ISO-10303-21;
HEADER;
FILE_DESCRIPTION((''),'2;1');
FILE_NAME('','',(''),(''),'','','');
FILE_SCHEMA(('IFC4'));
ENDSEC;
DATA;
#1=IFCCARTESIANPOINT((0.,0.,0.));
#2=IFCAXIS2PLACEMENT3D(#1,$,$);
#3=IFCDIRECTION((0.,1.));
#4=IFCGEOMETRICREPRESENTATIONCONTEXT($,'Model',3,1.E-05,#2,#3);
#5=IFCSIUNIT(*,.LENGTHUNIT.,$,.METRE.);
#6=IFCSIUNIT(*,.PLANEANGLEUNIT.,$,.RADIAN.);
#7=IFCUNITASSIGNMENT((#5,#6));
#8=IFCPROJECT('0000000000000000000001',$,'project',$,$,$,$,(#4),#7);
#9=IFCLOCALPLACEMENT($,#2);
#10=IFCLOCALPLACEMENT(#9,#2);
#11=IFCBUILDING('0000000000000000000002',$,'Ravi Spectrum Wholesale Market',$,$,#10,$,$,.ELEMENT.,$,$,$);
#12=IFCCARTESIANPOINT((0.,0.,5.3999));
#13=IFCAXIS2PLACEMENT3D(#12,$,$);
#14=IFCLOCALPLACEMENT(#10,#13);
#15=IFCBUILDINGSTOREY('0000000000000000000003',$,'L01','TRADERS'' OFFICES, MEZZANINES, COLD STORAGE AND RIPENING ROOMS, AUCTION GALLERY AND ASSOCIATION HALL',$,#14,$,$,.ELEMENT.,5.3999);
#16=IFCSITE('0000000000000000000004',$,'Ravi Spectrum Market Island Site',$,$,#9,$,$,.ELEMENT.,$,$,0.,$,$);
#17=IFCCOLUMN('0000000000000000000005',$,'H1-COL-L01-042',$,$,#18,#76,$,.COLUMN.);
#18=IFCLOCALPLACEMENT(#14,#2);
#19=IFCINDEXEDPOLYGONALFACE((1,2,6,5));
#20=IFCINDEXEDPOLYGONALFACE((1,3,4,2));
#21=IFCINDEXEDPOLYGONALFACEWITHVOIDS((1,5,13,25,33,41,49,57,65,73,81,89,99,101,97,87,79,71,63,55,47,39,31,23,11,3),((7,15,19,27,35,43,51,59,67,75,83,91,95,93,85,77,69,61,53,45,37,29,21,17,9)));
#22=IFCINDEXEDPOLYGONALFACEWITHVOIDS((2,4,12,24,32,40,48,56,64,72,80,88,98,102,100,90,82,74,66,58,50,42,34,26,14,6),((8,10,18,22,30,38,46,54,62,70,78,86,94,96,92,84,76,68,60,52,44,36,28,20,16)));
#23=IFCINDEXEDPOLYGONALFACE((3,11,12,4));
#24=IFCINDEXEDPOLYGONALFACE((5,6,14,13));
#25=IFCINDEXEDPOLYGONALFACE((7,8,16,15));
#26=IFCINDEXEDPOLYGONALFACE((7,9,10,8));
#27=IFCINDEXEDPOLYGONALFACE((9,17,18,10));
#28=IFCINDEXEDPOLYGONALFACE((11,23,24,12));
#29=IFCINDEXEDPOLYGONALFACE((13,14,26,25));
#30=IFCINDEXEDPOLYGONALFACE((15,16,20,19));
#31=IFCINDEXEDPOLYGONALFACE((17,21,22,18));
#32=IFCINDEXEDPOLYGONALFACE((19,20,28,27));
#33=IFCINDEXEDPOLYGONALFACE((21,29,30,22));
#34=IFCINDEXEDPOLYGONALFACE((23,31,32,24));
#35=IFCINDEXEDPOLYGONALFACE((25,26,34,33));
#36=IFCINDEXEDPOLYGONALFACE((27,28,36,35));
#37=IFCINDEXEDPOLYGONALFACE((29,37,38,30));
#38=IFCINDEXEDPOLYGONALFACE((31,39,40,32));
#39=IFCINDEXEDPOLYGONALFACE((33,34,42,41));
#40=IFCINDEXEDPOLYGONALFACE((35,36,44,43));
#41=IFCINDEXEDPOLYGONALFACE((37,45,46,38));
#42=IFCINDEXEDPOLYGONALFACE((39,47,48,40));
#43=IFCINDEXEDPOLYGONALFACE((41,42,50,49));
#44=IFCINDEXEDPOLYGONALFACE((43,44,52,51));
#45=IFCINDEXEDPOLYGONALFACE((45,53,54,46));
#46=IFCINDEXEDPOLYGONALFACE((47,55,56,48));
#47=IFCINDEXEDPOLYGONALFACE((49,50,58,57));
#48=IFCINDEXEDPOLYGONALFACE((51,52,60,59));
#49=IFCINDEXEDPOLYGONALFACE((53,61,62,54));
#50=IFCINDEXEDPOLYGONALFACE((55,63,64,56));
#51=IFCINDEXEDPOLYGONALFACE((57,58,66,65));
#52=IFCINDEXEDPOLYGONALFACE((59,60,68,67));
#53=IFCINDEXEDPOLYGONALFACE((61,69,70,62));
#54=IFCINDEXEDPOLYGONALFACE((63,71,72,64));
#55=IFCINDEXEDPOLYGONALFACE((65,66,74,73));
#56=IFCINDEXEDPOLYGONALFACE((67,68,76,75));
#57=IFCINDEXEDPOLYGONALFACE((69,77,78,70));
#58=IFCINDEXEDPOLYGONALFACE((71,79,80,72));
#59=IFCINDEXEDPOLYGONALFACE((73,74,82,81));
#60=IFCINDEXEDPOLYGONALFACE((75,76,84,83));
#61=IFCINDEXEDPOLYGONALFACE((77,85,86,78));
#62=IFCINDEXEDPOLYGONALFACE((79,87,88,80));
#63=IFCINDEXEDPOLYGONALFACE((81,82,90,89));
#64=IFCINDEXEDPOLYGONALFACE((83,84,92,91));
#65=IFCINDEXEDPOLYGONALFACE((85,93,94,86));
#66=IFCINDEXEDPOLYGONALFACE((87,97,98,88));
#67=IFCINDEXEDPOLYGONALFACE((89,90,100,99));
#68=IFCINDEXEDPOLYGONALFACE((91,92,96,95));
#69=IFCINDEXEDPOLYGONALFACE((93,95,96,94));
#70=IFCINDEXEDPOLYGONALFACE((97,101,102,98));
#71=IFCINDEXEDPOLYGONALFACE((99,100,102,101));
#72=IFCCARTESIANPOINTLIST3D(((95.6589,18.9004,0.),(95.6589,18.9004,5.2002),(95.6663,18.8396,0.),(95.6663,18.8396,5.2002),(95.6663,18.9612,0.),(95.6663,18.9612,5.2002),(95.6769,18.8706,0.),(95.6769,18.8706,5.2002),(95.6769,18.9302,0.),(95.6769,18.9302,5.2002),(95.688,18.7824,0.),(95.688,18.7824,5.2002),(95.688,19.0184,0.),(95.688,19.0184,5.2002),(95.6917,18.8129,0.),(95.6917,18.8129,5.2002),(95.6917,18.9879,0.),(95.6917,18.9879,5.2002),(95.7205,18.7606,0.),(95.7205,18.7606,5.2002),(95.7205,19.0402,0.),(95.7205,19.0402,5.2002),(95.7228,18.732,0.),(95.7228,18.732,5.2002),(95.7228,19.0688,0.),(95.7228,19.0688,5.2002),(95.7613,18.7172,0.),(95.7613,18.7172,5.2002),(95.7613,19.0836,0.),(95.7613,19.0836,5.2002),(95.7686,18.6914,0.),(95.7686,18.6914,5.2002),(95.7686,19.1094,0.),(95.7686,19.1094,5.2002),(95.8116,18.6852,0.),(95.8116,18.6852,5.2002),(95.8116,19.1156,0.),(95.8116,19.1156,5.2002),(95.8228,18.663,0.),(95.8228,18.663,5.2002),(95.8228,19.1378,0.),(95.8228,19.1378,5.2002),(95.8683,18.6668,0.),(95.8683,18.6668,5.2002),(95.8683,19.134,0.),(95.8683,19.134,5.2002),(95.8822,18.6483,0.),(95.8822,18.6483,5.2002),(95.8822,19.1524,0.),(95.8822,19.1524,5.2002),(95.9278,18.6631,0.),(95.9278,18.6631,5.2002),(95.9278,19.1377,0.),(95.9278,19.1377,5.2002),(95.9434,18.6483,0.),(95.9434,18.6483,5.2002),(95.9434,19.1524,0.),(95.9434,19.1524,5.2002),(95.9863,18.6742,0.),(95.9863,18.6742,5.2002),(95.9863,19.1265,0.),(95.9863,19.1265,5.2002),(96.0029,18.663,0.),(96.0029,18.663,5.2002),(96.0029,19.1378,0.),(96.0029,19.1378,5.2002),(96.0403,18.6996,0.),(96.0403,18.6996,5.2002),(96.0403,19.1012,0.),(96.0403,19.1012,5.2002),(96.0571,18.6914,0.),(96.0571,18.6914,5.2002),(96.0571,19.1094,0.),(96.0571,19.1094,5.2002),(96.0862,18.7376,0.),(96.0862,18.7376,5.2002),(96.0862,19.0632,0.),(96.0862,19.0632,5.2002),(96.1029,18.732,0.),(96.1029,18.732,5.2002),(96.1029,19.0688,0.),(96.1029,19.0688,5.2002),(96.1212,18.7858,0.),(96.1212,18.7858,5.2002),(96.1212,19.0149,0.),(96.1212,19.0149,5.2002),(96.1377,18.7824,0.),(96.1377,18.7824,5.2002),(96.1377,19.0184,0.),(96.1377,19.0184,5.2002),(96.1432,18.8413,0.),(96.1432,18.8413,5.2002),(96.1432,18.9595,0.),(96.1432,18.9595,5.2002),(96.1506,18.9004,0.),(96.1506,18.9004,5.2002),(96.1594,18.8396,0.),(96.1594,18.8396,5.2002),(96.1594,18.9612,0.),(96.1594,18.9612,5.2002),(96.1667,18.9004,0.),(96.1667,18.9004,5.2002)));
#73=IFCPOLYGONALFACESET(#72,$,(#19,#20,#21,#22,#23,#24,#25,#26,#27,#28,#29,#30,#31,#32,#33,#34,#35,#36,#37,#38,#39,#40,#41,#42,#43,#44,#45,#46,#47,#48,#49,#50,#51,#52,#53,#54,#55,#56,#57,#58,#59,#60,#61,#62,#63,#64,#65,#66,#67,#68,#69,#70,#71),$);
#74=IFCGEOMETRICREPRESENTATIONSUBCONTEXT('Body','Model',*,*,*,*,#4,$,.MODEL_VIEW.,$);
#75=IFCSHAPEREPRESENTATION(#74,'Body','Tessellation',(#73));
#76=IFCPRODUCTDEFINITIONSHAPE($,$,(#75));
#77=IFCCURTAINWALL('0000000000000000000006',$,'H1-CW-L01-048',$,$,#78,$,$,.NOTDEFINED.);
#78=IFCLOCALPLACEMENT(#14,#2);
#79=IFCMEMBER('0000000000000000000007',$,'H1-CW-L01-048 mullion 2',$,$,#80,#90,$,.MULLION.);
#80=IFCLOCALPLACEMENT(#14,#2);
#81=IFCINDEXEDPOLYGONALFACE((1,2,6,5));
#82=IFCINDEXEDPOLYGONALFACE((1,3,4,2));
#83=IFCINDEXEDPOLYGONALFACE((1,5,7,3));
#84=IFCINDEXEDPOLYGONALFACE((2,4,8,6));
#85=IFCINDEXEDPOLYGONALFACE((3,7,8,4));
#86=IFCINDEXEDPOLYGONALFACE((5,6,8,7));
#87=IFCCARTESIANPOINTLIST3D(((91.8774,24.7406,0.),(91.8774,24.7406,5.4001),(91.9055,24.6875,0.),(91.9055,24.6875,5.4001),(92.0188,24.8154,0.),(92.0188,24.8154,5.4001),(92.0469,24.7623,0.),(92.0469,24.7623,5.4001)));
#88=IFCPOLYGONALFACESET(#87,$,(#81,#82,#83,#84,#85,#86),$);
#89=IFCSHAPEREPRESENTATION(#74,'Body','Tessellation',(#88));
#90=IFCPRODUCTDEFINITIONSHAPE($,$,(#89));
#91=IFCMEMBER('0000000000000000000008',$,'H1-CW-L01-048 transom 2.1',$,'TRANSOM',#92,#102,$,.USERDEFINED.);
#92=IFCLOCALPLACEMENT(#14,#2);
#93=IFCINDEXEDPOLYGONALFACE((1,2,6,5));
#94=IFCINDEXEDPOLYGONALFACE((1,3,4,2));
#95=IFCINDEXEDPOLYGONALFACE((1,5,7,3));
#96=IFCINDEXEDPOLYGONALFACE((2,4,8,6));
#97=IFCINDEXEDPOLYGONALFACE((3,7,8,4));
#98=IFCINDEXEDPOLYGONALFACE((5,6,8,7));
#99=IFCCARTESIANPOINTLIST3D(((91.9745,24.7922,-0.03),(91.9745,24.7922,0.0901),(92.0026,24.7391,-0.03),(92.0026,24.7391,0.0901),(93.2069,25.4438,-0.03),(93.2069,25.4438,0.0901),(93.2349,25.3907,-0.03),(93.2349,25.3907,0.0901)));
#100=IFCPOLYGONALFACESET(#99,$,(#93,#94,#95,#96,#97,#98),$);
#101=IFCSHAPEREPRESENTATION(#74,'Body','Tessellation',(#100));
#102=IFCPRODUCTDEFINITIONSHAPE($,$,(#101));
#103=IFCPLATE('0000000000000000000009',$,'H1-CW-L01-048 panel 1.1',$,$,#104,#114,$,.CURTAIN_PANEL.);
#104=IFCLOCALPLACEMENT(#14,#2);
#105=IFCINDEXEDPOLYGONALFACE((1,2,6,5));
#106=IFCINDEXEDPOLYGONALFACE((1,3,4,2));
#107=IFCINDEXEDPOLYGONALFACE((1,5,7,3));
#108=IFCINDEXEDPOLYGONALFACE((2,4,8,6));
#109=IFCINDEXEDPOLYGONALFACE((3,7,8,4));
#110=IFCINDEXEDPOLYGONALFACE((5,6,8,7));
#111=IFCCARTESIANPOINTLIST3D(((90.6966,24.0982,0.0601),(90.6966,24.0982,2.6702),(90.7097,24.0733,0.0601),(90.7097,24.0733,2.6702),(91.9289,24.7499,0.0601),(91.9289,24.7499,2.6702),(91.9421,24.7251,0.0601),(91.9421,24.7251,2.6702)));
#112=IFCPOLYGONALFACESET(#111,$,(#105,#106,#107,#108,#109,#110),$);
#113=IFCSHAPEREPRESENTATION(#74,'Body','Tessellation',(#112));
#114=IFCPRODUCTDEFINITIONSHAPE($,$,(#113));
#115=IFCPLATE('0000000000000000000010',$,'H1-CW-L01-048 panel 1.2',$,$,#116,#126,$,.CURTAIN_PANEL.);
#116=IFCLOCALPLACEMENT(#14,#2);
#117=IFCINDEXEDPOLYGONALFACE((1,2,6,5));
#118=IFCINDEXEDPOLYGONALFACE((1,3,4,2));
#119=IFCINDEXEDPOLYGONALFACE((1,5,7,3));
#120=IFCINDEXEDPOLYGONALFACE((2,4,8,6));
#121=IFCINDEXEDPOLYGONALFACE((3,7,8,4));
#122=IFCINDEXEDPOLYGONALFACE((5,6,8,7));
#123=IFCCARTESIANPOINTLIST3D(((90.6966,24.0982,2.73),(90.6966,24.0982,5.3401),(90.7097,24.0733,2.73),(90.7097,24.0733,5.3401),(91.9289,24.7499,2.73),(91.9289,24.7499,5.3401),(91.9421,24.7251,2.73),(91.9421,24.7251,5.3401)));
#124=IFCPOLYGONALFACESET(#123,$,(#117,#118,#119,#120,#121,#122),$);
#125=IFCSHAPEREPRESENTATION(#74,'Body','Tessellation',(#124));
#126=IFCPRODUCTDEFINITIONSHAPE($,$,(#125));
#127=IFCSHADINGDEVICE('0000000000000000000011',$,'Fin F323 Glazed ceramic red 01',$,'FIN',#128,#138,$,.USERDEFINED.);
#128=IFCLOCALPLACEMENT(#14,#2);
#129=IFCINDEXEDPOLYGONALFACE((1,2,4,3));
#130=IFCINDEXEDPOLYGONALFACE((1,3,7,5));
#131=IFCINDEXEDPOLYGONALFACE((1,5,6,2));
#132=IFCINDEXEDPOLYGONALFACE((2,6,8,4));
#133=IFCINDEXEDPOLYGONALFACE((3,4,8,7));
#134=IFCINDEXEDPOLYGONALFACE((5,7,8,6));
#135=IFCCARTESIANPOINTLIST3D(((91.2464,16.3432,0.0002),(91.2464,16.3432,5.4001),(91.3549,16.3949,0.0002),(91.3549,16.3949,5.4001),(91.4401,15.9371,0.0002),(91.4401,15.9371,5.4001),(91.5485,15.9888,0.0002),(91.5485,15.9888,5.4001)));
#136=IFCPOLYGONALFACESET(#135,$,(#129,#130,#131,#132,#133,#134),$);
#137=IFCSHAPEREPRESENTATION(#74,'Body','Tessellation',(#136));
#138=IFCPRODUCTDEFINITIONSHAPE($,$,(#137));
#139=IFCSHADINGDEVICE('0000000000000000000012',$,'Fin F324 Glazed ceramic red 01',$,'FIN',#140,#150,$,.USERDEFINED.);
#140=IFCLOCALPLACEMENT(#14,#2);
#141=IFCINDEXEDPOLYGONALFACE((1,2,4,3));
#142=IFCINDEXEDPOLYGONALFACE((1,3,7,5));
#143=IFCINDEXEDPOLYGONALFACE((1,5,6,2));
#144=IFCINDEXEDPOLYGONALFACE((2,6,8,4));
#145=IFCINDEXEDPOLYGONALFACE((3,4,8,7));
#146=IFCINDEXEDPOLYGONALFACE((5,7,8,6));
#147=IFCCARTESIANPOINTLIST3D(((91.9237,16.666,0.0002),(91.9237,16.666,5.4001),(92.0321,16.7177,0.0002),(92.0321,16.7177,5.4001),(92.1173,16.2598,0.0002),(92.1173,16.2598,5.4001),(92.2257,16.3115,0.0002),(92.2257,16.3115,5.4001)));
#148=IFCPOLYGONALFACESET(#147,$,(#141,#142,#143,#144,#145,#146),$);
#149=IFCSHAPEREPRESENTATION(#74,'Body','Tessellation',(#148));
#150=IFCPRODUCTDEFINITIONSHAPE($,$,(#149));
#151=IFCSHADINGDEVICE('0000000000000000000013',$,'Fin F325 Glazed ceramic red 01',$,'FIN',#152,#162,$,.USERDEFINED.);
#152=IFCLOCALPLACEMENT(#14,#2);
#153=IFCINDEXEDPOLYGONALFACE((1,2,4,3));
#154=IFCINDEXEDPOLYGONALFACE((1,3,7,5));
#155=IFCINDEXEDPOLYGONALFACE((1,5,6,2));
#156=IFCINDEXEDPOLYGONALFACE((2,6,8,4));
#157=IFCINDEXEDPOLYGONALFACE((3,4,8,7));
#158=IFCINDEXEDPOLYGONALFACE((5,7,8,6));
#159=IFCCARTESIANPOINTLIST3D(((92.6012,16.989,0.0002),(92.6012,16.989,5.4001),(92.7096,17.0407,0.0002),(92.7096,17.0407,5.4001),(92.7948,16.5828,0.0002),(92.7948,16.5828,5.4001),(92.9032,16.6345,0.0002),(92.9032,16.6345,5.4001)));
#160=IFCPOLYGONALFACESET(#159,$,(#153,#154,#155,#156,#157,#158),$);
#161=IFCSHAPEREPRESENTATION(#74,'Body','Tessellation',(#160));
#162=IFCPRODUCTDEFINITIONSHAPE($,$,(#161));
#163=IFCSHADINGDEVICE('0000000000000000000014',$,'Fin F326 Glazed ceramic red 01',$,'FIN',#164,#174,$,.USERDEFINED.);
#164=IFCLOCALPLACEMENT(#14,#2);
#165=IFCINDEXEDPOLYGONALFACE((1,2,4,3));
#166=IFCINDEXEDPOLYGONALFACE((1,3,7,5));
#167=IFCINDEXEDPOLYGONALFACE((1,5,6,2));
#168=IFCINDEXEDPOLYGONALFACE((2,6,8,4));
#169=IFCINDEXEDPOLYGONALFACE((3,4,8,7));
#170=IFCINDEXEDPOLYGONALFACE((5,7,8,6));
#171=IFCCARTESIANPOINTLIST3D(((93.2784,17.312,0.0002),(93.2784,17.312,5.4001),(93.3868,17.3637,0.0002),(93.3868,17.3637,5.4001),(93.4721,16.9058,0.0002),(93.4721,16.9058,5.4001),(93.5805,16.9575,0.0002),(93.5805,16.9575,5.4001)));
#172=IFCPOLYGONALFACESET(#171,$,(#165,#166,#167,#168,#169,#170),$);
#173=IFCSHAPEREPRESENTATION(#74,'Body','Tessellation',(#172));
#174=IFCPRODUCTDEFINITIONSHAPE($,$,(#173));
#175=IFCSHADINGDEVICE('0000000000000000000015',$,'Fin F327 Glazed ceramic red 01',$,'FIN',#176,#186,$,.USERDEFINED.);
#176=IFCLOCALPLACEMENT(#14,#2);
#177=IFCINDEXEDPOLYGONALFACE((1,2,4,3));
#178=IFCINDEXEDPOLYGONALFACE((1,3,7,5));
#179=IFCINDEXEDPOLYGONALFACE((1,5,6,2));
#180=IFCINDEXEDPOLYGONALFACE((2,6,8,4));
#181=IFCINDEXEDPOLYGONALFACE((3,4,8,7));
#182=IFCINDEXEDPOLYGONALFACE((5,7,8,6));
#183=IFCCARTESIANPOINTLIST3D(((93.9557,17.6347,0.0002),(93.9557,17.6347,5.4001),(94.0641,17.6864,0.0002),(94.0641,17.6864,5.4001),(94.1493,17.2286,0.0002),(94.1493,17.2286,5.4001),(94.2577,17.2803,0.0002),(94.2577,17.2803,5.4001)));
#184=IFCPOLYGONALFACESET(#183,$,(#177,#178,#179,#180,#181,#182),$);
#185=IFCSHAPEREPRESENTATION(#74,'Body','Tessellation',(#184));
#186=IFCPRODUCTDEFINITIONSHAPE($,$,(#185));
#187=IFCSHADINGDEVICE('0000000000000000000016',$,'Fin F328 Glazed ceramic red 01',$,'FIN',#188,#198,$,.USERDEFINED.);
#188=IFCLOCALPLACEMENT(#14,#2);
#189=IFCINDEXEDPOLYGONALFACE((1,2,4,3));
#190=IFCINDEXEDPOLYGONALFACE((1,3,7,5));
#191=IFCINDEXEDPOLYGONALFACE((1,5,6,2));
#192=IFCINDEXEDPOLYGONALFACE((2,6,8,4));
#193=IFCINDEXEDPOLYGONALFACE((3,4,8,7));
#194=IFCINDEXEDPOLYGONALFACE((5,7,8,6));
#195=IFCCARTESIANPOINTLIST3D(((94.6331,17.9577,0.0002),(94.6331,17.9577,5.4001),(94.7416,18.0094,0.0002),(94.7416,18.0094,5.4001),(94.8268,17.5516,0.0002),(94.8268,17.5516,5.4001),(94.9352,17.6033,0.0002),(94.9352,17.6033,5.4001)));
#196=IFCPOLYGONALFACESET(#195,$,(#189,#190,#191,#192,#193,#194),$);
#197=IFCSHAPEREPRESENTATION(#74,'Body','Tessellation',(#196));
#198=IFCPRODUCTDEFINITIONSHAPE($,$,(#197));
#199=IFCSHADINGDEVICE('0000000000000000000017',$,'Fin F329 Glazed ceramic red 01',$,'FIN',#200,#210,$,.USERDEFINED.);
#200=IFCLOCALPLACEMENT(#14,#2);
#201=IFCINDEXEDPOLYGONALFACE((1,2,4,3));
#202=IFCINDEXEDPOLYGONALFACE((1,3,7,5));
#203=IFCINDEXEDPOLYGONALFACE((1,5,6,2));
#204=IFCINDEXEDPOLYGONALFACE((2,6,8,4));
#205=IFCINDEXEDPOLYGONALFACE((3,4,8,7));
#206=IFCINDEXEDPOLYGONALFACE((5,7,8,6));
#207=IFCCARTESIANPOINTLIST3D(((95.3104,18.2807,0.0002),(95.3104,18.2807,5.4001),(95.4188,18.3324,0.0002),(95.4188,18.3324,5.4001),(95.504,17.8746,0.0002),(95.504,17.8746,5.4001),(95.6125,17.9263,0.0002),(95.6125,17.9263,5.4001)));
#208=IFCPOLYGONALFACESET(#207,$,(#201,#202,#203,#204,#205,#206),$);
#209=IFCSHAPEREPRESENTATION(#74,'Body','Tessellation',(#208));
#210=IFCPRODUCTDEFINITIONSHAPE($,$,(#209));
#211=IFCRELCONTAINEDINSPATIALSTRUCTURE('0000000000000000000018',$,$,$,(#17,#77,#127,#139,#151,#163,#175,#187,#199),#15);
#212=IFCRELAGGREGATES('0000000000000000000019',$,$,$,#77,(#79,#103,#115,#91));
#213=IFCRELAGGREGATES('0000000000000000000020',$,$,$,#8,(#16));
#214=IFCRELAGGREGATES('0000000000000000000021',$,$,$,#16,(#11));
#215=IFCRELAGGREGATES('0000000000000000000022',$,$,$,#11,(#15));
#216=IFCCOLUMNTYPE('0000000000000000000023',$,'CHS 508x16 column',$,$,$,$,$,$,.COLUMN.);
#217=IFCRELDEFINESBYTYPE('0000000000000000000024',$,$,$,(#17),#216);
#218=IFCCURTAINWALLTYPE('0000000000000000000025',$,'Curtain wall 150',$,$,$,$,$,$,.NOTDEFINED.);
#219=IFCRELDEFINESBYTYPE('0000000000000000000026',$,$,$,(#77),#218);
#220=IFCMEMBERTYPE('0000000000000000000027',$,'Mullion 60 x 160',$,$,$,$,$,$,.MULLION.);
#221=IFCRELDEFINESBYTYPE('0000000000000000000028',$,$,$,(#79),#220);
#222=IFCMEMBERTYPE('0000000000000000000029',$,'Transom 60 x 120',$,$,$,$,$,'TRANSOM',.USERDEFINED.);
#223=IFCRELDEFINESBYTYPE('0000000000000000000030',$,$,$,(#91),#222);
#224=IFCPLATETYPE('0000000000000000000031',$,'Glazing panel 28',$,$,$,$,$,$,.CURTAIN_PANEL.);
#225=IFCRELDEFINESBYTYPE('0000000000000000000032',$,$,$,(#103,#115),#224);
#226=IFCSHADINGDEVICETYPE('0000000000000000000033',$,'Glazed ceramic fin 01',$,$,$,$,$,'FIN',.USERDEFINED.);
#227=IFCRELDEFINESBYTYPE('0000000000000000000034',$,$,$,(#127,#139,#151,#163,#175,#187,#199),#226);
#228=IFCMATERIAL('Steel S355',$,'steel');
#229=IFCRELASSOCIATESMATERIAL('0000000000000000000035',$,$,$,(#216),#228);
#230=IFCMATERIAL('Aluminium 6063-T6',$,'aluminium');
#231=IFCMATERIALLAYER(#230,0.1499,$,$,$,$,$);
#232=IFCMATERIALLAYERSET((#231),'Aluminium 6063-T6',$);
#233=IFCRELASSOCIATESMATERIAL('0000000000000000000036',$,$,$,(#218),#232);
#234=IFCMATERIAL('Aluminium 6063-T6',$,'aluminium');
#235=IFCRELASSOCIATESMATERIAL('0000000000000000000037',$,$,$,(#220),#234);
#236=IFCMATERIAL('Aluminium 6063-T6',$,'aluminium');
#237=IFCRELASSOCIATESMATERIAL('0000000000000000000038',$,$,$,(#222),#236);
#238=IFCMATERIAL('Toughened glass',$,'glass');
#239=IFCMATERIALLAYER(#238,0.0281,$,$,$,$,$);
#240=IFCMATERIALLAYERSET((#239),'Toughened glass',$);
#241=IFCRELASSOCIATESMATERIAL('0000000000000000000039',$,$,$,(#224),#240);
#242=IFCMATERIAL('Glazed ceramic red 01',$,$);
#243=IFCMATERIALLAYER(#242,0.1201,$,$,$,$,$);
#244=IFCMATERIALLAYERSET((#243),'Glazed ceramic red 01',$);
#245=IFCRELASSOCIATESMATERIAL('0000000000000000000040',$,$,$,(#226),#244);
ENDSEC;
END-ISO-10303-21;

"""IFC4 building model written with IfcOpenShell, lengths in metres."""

from ifc_helpers import new_model, si_unit, direction, frame, origin, origin_2d, place, context, subcontext, project, spatial, rectangle, hollow_circle, extrude, material, layer, layer_set, material_profile, profile_set, type_object, element, aggregate, save


model = new_model("IFC4")

# Units and contexts
model_context = context("Model", 3, precision=1e-05, world=origin(), true_north=direction((0.0, 1.0)))
body_context = subcontext(model_context, "Body", "Model", "MODEL_VIEW")
ifc_project = project(units=[si_unit("LENGTHUNIT", "METRE"), si_unit("PLANEANGLEUNIT", "RADIAN")], contexts=[model_context])

# Site, building, storey
site_placement = place(None, origin())
site = spatial("IfcSite", under=ifc_project, at=site_placement, Name="Ravi Spectrum Market Island Site", CompositionType="ELEMENT", RefElevation=0.0)
building_placement = place(site_placement, origin())
building = spatial("IfcBuilding", under=site, at=building_placement, Name="Ravi Spectrum Wholesale Market", CompositionType="ELEMENT")
storey_placement = place(building_placement, frame((0.0, 0.0, 5.3999)))
storey = spatial("IfcBuildingStorey", under=building, at=storey_placement, Name="L01", Description="TRADERS' OFFICES, MEZZANINES, COLD STORAGE AND RIPENING ROOMS, AUCTION GALLERY AND ASSOCIATION HALL", CompositionType="ELEMENT", Elevation=5.3999)

# Column
ifc_material_1 = material(Name="Steel S355", Category="steel")
ifc_material_profile_1 = material_profile(ifc_material_1, hollow_circle(Radius=0.2539, WallThickness=0.0161, at=origin_2d()))
ifc_profile_set_1 = profile_set([ifc_material_profile_1], Name="Steel S355")
column_type = type_object("IfcColumnType", Name="CHS 508x16 column", PredefinedType="COLUMN", material=ifc_profile_set_1)
column_placement = place(storey_placement, frame((95.9128, 18.9004, 0.0), z_axis=(0.0, 0.0, 1.0), x_axis=(1.0, 0.0, 0.0)))
element("IfcColumn", 1, at=column_placement, inside=storey, type_object=column_type, Name="H1-COL-L01-042", PredefinedType="COLUMN", context=body_context, shape_type="SweptSolid", body=[
    extrude(hollow_circle(Radius=0.2539, WallThickness=0.0161, at=origin_2d()), origin(), (0.0, 0.0, 1.0), 5.2002),
])

# Curtain wall, members, plates
ifc_material_2 = material(Name="Aluminium 6063-T6", Category="aluminium")
ifc_layer_1 = layer(ifc_material_2, 0.1499)
ifc_layer_set_1 = layer_set([ifc_layer_1], Name="Aluminium 6063-T6")
curtain_wall_type = type_object("IfcCurtainWallType", Name="Curtain wall 150", PredefinedType="NOTDEFINED", material=ifc_layer_set_1)
curtain_wall_placement = place(storey_placement, origin())
curtain_wall = element("IfcCurtainWall", 2, at=curtain_wall_placement, inside=storey, type_object=curtain_wall_type, Name="H1-CW-L01-048", PredefinedType="NOTDEFINED")
ifc_material_3 = material(Name="Aluminium 6063-T6", Category="aluminium")
ifc_material_profile_2 = material_profile(ifc_material_3, rectangle(XDim=0.0601, YDim=0.1599, at=origin_2d()))
ifc_profile_set_2 = profile_set([ifc_material_profile_2], Name="Aluminium 6063-T6")
member_type_1 = type_object("IfcMemberType", Name="Mullion 60 x 160", PredefinedType="MULLION", material=ifc_profile_set_2)
member_1_placement = place(storey_placement, frame((91.9622, 24.7515, 0.0), z_axis=(0.0, 0.0, 1.0), x_axis=(-0.467524, 0.88398, 0.0)))
member_1 = element("IfcMember", 3, at=member_1_placement, type_object=member_type_1, Name="H1-CW-L01-048 mullion 2", PredefinedType="MULLION", context=body_context, shape_type="SweptSolid", body=[
    extrude(rectangle(XDim=0.0601, YDim=0.1599, at=origin_2d()), origin(), (0.0, 0.0, 1.0), 5.4001),
])
ifc_material_4 = material(Name="Aluminium 6063-T6", Category="aluminium")
ifc_material_profile_3 = material_profile(ifc_material_4, rectangle(XDim=0.0601, YDim=0.1201, at=origin_2d()))
ifc_profile_set_3 = profile_set([ifc_material_profile_3], Name="Aluminium 6063-T6")
member_type_2 = type_object("IfcMemberType", Name="Transom 60 x 120", ElementType="TRANSOM", PredefinedType="USERDEFINED", material=ifc_profile_set_3)
member_2_placement = place(storey_placement, frame((91.9885, 24.7656, 0.03), z_axis=(0.884039, 0.467413, 0.0), x_axis=(-0.467413, 0.884039, 0.0)))
member_2 = element("IfcMember", 4, at=member_2_placement, type_object=member_type_2, Name="H1-CW-L01-048 transom 2.1", ObjectType="TRANSOM", PredefinedType="USERDEFINED", context=body_context, shape_type="SweptSolid", body=[
    extrude(rectangle(XDim=0.0601, YDim=0.1201, at=origin_2d()), origin(), (0.0, 0.0, 1.0), 1.394),
])
ifc_material_5 = material(Name="Toughened glass", Category="glass")
ifc_layer_2 = layer(ifc_material_5, 0.0281)
ifc_layer_set_2 = layer_set([ifc_layer_2], Name="Toughened glass")
plate_type = type_object("IfcPlateType", Name="Glazing panel 28", PredefinedType="CURTAIN_PANEL", material=ifc_layer_set_2)
plate_1_placement = place(storey_placement, frame((91.3193, 24.4116, 0.0601), z_axis=(0.0, 0.0, 1.0), x_axis=(0.88398, 0.467524, 0.0)))
plate_1 = element("IfcPlate", 5, at=plate_1_placement, type_object=plate_type, Name="H1-CW-L01-048 panel 1.1", PredefinedType="CURTAIN_PANEL", context=body_context, shape_type="SweptSolid", body=[
    extrude(rectangle(XDim=1.394, YDim=0.0281, at=origin_2d()), origin(), (0.0, 0.0, 1.0), 2.6101),
])
plate_2_placement = place(storey_placement, frame((91.3193, 24.4116, 2.73), z_axis=(0.0, 0.0, 1.0), x_axis=(0.88398, 0.467524, 0.0)))
plate_2 = element("IfcPlate", 6, at=plate_2_placement, type_object=plate_type, Name="H1-CW-L01-048 panel 1.2", PredefinedType="CURTAIN_PANEL", context=body_context, shape_type="SweptSolid", body=[
    extrude(rectangle(XDim=1.394, YDim=0.0281, at=origin_2d()), origin(), (0.0, 0.0, 1.0), 2.6101),
])
aggregate(curtain_wall, [member_1, plate_1, plate_2, member_2])

# Shading devices
ifc_material_6 = material(Name="Glazed ceramic red 01")
ifc_layer_3 = layer(ifc_material_6, 0.1201)
ifc_layer_set_3 = layer_set([ifc_layer_3], Name="Glazed ceramic red 01")
shading_device_type = type_object("IfcShadingDeviceType", Name="Glazed ceramic fin 01", ElementType="FIN", PredefinedType="USERDEFINED", material=ifc_layer_set_3)
for number, where, z_axis, x_axis, name in (
    (7, (91.3975, 16.166, 0.0002), (0.0, 0.0, 1.0), (0.902657, 0.43036, 0.0), "Fin F323 Glazed ceramic red 01"),
    (8, (92.0747, 16.4888, 0.0002), (0.0, 0.0, 1.0), (0.902657, 0.43036, 0.0), "Fin F324 Glazed ceramic red 01"),
    (9, (92.7522, 16.8118, 0.0002), (0.0, 0.0, 1.0), (0.902657, 0.43036, 0.0), "Fin F325 Glazed ceramic red 01"),
    (10, (93.4294, 17.1348, 0.0002), (0.0, 0.0, 1.0), (0.902657, 0.43036, 0.0), "Fin F326 Glazed ceramic red 01"),
    (11, (94.1067, 17.4575, 0.0002), (0.0, 0.0, 1.0), (0.902657, 0.43036, 0.0), "Fin F327 Glazed ceramic red 01"),
    (12, (94.7842, 17.7805, 0.0002), (0.0, 0.0, 1.0), (0.902657, 0.43036, 0.0), "Fin F328 Glazed ceramic red 01"),
    (13, (95.4614, 18.1035, 0.0002), (0.0, 0.0, 1.0), (0.902657, 0.43036, 0.0), "Fin F329 Glazed ceramic red 01"),
):
    element("IfcShadingDevice", number, at=place(storey_placement, frame(where, z_axis=z_axis, x_axis=x_axis)), inside=storey, type_object=shading_device_type, Name=name, ObjectType="FIN", PredefinedType="USERDEFINED", context=body_context, shape_type="SweptSolid", body=[
        extrude(rectangle(XDim=0.1201, YDim=0.45, at=origin_2d()), origin(), (0.0, 0.0, 1.0), 5.3999),
    ])

save(model, "model.ifc")
